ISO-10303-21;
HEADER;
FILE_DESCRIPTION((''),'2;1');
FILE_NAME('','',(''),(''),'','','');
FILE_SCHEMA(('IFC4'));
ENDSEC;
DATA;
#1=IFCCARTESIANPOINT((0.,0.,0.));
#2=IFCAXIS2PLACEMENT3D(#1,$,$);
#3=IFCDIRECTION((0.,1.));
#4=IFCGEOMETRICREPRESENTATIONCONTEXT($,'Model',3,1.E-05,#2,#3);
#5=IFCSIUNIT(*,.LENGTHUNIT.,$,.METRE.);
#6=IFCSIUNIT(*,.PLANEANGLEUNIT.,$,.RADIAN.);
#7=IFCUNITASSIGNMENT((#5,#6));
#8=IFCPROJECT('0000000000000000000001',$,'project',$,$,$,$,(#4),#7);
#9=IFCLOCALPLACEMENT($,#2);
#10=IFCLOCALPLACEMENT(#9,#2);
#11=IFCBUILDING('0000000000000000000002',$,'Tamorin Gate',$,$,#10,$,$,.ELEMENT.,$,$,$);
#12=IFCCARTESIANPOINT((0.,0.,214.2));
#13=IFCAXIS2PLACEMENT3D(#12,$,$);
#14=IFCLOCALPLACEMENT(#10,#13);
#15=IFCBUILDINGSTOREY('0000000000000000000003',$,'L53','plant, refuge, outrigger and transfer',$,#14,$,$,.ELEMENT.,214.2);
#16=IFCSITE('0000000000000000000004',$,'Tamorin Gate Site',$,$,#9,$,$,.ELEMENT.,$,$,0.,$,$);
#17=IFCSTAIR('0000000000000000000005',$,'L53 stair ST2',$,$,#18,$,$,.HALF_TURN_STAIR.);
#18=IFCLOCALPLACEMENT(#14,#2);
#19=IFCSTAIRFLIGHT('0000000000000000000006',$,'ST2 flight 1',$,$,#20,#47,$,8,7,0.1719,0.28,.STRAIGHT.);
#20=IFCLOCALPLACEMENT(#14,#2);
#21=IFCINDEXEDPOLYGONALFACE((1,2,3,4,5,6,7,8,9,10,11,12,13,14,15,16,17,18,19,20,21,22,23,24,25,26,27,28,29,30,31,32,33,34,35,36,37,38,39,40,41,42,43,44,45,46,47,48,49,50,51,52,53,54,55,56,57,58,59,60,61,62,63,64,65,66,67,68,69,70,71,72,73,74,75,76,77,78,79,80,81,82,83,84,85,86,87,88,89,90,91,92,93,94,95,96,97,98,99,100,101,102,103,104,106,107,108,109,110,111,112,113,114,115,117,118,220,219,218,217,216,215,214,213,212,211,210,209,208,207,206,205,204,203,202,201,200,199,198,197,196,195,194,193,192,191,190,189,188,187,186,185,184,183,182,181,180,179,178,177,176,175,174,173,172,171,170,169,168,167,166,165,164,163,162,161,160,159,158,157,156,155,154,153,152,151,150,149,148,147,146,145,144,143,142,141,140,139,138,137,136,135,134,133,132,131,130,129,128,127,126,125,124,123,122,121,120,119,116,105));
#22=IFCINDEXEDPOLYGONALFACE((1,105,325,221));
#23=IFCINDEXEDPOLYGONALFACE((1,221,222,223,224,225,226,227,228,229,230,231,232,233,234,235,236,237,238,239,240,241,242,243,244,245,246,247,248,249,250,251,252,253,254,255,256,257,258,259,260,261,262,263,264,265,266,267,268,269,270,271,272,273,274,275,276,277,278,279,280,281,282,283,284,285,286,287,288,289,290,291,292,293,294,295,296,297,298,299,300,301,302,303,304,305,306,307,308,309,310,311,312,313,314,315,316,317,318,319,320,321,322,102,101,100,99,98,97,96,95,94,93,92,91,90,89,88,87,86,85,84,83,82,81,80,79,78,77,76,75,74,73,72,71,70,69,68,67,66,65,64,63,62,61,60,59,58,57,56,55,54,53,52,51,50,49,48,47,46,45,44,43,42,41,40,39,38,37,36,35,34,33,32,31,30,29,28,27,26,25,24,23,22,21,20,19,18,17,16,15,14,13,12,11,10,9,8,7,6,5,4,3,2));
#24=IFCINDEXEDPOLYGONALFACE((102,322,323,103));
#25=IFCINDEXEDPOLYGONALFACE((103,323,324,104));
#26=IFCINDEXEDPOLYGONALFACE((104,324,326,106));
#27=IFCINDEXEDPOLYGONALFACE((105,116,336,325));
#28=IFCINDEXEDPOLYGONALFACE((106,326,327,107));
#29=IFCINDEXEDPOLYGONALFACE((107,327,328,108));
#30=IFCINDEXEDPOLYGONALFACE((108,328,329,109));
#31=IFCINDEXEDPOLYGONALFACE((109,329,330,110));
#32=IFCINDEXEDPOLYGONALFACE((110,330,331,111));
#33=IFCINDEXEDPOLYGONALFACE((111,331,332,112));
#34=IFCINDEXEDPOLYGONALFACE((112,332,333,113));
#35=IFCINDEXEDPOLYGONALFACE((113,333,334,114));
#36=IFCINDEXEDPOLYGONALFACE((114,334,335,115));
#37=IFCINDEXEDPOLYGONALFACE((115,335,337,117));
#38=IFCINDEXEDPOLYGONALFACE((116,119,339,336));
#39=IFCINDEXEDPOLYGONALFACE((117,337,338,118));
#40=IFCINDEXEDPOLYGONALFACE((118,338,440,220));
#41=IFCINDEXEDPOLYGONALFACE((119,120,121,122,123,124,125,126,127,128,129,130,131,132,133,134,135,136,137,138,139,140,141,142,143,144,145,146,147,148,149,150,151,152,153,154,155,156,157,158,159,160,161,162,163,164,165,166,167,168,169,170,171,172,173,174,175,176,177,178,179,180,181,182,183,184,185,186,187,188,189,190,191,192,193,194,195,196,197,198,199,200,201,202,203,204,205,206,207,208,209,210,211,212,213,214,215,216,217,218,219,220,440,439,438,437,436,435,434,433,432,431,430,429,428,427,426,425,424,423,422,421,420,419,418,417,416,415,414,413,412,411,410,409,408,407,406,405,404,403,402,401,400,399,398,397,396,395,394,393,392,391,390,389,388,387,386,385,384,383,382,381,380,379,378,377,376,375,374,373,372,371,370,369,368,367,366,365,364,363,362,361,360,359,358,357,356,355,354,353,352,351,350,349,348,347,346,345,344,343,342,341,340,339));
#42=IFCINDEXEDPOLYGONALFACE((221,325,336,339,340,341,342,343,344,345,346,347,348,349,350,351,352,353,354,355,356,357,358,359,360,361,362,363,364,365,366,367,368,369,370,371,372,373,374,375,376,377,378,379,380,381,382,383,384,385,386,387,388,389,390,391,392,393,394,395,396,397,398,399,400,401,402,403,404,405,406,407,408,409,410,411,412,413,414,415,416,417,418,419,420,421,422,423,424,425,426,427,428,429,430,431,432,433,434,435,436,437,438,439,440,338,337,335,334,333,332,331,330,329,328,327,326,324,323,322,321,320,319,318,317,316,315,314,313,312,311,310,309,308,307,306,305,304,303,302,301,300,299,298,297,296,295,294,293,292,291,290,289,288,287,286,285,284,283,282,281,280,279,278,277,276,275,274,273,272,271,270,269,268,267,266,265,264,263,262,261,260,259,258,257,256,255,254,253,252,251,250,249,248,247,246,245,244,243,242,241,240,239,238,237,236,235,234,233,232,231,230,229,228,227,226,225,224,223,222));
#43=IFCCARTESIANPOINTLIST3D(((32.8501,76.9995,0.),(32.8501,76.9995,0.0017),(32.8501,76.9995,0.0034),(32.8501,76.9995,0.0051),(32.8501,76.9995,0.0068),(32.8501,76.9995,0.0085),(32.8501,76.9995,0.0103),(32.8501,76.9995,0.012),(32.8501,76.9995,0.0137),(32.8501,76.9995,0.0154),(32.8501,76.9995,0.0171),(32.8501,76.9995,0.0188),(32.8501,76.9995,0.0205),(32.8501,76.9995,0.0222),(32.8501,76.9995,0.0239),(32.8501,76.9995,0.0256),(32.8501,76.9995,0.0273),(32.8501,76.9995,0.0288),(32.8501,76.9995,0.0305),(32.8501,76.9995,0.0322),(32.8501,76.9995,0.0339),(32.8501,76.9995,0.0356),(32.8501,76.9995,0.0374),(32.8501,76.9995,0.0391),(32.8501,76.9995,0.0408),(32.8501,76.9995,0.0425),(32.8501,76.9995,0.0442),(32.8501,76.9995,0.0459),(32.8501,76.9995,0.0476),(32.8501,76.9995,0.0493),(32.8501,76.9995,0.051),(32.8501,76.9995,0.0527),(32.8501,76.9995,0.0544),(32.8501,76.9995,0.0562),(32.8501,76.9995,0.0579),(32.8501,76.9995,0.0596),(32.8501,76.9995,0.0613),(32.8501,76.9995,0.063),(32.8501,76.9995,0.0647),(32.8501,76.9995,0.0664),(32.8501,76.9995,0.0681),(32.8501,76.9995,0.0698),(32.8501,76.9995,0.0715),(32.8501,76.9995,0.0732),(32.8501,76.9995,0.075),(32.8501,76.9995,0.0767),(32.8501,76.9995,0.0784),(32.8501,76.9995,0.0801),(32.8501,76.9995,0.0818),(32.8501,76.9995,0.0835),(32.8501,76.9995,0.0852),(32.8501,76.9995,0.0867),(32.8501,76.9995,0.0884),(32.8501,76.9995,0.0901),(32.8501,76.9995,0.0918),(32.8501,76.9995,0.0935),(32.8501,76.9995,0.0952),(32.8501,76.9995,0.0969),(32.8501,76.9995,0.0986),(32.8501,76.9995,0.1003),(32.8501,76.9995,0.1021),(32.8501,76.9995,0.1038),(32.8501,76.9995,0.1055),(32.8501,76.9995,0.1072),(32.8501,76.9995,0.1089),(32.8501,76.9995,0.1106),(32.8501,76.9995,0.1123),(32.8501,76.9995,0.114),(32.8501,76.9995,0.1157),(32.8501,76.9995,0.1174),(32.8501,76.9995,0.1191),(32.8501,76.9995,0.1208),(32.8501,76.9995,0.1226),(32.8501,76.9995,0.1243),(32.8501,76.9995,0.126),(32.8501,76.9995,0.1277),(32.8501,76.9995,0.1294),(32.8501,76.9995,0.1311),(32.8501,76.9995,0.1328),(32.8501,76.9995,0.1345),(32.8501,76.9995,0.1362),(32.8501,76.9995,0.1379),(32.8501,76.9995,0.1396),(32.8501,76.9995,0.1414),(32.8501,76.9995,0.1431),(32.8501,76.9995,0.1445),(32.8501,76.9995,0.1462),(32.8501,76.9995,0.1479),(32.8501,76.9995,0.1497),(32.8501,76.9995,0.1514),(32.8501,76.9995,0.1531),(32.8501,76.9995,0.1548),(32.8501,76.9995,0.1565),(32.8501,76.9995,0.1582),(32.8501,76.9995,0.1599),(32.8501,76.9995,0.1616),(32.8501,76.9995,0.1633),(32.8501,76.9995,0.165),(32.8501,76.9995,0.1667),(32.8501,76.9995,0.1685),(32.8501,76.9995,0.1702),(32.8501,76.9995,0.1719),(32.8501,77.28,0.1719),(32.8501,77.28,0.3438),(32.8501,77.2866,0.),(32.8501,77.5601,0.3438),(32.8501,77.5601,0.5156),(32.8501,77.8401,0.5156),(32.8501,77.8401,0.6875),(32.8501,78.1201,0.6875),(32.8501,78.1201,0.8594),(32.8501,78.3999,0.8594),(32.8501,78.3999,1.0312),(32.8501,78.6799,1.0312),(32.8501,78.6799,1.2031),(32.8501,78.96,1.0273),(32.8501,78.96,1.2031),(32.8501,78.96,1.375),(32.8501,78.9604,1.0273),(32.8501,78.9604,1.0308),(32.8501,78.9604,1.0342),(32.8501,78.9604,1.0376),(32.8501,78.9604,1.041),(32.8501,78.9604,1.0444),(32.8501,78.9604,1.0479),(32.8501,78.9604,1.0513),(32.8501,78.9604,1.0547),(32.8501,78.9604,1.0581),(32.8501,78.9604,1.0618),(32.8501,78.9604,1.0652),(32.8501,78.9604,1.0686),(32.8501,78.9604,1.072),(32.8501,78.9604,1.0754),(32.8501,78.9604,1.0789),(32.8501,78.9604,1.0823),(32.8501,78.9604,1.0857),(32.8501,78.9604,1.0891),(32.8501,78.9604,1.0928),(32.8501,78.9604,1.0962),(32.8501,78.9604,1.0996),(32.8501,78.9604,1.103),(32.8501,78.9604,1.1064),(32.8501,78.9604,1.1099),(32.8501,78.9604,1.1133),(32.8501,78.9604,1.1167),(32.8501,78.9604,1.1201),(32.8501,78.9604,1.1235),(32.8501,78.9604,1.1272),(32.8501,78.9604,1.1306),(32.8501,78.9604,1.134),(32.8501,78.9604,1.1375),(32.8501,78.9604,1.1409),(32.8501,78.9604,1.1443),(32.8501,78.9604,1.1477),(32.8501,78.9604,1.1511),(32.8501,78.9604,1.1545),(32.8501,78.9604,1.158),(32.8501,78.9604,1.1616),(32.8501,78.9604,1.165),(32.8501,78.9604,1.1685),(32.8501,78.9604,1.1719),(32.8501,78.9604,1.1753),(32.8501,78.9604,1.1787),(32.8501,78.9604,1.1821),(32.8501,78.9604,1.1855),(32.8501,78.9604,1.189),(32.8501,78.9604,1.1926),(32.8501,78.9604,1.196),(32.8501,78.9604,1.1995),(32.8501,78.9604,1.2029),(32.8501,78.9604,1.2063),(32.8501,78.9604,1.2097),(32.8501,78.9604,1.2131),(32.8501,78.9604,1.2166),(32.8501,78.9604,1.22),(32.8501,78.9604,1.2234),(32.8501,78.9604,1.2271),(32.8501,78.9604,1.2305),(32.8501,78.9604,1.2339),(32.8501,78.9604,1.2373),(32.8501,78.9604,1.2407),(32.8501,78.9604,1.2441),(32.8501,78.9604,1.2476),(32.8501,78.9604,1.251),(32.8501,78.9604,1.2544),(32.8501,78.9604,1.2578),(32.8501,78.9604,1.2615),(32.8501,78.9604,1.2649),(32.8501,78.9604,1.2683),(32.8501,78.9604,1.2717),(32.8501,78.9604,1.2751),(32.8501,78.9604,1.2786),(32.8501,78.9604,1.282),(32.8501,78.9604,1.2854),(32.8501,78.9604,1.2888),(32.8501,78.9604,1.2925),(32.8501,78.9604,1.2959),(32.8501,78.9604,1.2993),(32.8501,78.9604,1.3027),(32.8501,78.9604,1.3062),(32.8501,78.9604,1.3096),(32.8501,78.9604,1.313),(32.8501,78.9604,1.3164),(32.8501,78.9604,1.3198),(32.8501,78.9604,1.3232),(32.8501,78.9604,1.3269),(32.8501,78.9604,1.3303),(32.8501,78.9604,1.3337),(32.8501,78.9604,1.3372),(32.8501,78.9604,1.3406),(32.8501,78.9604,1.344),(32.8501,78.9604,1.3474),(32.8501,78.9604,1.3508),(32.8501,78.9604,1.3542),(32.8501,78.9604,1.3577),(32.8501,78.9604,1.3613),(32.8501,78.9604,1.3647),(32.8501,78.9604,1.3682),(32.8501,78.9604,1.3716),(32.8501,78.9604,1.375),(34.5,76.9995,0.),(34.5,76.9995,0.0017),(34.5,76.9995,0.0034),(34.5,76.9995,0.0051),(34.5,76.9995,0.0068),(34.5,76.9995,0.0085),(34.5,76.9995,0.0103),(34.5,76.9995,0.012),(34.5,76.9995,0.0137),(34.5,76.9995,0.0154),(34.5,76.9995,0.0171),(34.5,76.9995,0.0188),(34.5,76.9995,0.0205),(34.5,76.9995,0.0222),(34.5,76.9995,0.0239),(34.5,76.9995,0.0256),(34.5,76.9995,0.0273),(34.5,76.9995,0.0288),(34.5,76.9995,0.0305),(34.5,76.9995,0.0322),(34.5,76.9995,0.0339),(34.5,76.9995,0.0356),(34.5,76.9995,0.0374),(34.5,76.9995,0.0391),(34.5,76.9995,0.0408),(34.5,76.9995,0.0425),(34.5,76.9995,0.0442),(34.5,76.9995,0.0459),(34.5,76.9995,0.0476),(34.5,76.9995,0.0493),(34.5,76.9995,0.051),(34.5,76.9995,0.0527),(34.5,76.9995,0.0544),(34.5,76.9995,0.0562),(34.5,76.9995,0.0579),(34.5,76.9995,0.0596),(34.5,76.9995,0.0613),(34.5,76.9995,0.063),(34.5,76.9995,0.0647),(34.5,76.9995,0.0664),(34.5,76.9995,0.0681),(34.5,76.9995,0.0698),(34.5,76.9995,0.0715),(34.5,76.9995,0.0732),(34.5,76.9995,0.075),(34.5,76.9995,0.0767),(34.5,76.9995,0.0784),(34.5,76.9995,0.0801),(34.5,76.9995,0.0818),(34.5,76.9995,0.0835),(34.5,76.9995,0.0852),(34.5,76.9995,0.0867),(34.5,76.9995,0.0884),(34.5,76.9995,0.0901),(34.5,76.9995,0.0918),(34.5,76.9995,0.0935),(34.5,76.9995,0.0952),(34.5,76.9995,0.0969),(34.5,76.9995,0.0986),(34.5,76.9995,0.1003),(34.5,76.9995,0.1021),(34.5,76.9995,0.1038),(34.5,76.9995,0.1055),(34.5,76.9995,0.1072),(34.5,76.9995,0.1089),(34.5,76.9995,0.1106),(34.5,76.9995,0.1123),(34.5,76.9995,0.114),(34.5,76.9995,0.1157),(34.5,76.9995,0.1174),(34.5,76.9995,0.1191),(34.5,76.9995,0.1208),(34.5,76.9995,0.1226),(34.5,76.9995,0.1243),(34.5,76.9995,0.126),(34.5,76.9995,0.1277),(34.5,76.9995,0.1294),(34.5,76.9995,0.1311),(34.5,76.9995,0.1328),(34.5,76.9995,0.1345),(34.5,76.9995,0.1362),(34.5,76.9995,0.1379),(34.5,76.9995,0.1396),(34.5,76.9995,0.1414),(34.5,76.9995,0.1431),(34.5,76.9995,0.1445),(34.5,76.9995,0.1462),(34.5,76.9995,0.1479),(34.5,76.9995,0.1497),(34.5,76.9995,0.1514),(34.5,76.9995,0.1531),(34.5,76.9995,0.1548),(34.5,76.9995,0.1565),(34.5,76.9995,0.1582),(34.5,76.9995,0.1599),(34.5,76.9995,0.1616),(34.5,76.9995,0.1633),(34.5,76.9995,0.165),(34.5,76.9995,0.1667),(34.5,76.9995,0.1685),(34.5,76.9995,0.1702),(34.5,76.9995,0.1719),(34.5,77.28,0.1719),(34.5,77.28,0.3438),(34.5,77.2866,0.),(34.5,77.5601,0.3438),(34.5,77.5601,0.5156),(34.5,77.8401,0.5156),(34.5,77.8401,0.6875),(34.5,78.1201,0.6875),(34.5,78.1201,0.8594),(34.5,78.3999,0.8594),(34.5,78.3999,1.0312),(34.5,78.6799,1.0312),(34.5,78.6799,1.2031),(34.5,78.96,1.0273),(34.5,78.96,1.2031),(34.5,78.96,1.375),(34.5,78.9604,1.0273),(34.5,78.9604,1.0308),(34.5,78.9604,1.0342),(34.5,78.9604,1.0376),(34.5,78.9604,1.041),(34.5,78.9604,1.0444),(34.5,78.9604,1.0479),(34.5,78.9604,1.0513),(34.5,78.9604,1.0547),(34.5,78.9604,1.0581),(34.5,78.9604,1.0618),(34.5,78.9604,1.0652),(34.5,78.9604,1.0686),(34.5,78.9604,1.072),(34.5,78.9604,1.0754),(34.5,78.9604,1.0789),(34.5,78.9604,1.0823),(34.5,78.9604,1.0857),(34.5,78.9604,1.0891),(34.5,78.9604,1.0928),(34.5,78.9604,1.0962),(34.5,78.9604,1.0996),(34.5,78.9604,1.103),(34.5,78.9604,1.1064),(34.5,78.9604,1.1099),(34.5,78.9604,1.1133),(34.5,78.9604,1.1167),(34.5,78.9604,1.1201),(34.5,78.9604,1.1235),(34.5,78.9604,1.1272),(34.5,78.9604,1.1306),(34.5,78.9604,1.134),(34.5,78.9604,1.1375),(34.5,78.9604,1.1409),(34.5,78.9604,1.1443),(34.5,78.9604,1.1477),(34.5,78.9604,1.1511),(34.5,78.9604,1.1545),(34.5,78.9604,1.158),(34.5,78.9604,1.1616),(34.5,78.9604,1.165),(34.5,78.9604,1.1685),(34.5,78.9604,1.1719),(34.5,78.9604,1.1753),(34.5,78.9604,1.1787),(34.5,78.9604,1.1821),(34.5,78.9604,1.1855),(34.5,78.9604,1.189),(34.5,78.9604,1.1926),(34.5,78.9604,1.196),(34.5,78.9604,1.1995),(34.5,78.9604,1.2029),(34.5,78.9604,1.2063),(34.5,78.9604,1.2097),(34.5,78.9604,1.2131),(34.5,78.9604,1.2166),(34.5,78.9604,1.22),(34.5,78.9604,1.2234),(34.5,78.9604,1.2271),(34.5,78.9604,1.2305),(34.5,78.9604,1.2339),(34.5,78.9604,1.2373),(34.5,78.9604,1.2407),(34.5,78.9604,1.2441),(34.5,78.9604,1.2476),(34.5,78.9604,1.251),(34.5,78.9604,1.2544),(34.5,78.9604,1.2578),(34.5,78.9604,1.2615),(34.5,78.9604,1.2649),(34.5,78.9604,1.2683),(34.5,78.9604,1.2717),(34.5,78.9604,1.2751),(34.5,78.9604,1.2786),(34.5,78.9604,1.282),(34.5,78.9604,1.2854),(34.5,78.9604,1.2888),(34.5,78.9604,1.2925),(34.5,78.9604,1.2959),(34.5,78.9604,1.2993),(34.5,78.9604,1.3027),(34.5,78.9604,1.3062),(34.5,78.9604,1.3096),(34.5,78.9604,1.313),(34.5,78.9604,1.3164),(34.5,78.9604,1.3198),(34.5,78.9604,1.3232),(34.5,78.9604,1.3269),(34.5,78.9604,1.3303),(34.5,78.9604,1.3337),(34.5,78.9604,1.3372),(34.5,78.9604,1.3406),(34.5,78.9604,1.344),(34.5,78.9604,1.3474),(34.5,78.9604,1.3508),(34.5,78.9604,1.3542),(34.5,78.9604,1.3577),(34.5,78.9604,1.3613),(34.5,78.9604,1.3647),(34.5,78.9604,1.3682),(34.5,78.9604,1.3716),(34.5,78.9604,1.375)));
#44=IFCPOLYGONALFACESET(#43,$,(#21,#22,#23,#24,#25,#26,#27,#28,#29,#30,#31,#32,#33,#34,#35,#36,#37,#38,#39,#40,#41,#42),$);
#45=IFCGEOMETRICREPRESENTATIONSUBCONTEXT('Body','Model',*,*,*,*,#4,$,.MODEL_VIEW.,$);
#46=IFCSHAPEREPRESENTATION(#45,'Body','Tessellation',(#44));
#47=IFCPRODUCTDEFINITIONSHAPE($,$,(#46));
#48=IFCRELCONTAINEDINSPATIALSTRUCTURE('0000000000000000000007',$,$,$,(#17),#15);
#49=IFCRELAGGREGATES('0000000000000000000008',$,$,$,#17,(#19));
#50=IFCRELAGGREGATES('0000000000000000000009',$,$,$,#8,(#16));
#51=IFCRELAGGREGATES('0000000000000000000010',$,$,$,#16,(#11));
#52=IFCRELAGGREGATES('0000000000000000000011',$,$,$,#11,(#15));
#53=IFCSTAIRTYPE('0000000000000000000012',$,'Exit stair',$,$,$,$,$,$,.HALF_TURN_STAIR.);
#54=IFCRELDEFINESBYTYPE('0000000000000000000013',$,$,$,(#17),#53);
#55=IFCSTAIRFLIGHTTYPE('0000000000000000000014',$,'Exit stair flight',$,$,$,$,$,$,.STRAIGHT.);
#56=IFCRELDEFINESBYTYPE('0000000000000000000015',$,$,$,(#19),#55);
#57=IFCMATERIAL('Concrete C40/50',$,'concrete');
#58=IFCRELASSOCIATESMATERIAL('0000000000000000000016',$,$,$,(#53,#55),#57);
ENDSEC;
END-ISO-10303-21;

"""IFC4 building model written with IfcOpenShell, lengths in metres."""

from ifc_helpers import new_model, si_unit, direction, frame, origin, place, context, subcontext, project, spatial, polyline, outline, extrude, material, type_object, element, aggregate, save


model = new_model("IFC4")

# Units and contexts
model_context = context("Model", 3, precision=1e-05, world=origin(), true_north=direction((0.0, 1.0)))
body_context = subcontext(model_context, "Body", "Model", "MODEL_VIEW")
ifc_project = project(units=[si_unit("LENGTHUNIT", "METRE"), si_unit("PLANEANGLEUNIT", "RADIAN")], contexts=[model_context])

# Site, building, storey
site_placement = place(None, origin())
site = spatial("IfcSite", under=ifc_project, at=site_placement, Name="Tamorin Gate Site", CompositionType="ELEMENT", RefElevation=0.0)
building_placement = place(site_placement, origin())
building = spatial("IfcBuilding", under=site, at=building_placement, Name="Tamorin Gate", CompositionType="ELEMENT")
storey_placement = place(building_placement, frame((0.0, 0.0, 214.2)))
storey = spatial("IfcBuildingStorey", under=building, at=storey_placement, Name="L53", Description="plant, refuge, outrigger and transfer", CompositionType="ELEMENT", Elevation=214.2)

# Shared definitions
ifc_material_1 = material(Name="Concrete C40/50", Category="concrete")

# Stair, stair flight
stair_type = type_object("IfcStairType", Name="Exit stair", PredefinedType="HALF_TURN_STAIR", material=ifc_material_1)
stair_placement = place(storey_placement, origin())
stair = element("IfcStair", 1, at=stair_placement, inside=storey, type_object=stair_type, Name="L53 stair ST2", PredefinedType="HALF_TURN_STAIR")
stair_flight_type = type_object("IfcStairFlightType", Name="Exit stair flight", PredefinedType="STRAIGHT", material=ifc_material_1)
stair_flight_1_placement = place(storey_placement, frame((33.675, 77.0, 0.0), z_axis=(0.0, 0.0, 1.0), x_axis=(0.0, 1.0, 0.0)))
stair_flight_1 = element("IfcStairFlight", 2, at=stair_flight_1_placement, type_object=stair_flight_type, Name="ST2 flight 1", NumberOfRisers=8, NumberOfTreads=7, PredefinedType="STRAIGHT", RiserHeight=0.1719, TreadLength=0.28, context=body_context, shape_type="SweptSolid", body=[
    extrude(outline(polyline([(-0.0005, 0.0), (-0.0005, 0.0017), (-0.0005, 0.0034), (-0.0005, 0.0051), (-0.0005, 0.0068), (-0.0005, 0.0085), (-0.0005, 0.0103), (-0.0005, 0.012), (-0.0005, 0.0137), (-0.0005, 0.0154), (-0.0005, 0.0171), (-0.0005, 0.0188), (-0.0005, 0.0205), (-0.0005, 0.0222), (-0.0005, 0.0239), (-0.0005, 0.0256), (-0.0005, 0.0273), (-0.0005, 0.0288), (-0.0005, 0.0305), (-0.0005, 0.0322), (-0.0005, 0.0339), (-0.0005, 0.0356), (-0.0005, 0.0374), (-0.0005, 0.0391), (-0.0005, 0.0408), (-0.0005, 0.0425), (-0.0005, 0.0442), (-0.0005, 0.0459), (-0.0005, 0.0476), (-0.0005, 0.0493), (-0.0005, 0.051), (-0.0005, 0.0527), (-0.0005, 0.0544), (-0.0005, 0.0562), (-0.0005, 0.0579), (-0.0005, 0.0596), (-0.0005, 0.0613), (-0.0005, 0.063), (-0.0005, 0.0647), (-0.0005, 0.0664), (-0.0005, 0.0681), (-0.0005, 0.0698), (-0.0005, 0.0715), (-0.0005, 0.0732), (-0.0005, 0.075), (-0.0005, 0.0767), (-0.0005, 0.0784), (-0.0005, 0.0801), (-0.0005, 0.0818), (-0.0005, 0.0835), (-0.0005, 0.0852), (-0.0005, 0.0867), (-0.0005, 0.0884), (-0.0005, 0.0901), (-0.0005, 0.0918), (-0.0005, 0.0935), (-0.0005, 0.0952), (-0.0005, 0.0969), (-0.0005, 0.0986), (-0.0005, 0.1003), (-0.0005, 0.1021), (-0.0005, 0.1038), (-0.0005, 0.1055), (-0.0005, 0.1072), (-0.0005, 0.1089), (-0.0005, 0.1106), (-0.0005, 0.1123), (-0.0005, 0.114), (-0.0005, 0.1157), (-0.0005, 0.1174), (-0.0005, 0.1191), (-0.0005, 0.1208), (-0.0005, 0.1226), (-0.0005, 0.1243), (-0.0005, 0.126), (-0.0005, 0.1277), (-0.0005, 0.1294), (-0.0005, 0.1311), (-0.0005, 0.1328), (-0.0005, 0.1345), (-0.0005, 0.1362), (-0.0005, 0.1379), (-0.0005, 0.1396), (-0.0005, 0.1414), (-0.0005, 0.1431), (-0.0005, 0.1445), (-0.0005, 0.1462), (-0.0005, 0.1479), (-0.0005, 0.1497), (-0.0005, 0.1514), (-0.0005, 0.1531), (-0.0005, 0.1548), (-0.0005, 0.1565), (-0.0005, 0.1582), (-0.0005, 0.1599), (-0.0005, 0.1616), (-0.0005, 0.1633), (-0.0005, 0.165), (-0.0005, 0.1667), (-0.0005, 0.1685), (-0.0005, 0.1702), (-0.0005, 0.1719), (0.28, 0.1719), (0.28, 0.3438), (0.5601, 0.3438), (0.5601, 0.5156), (0.8401, 0.5156), (0.8401, 0.6875), (1.1201, 0.6875), (1.1201, 0.8594), (1.3999, 0.8594), (1.3999, 1.0312), (1.6799, 1.0312), (1.6799, 1.2031), (1.96, 1.2031), (1.96, 1.375), (1.9604, 1.375), (1.9604, 1.3716), (1.9604, 1.3682), (1.9604, 1.3647), (1.9604, 1.3613), (1.9604, 1.3577), (1.9604, 1.3542), (1.9604, 1.3508), (1.9604, 1.3474), (1.9604, 1.344), (1.9604, 1.3406), (1.9604, 1.3372), (1.9604, 1.3337), (1.9604, 1.3303), (1.9604, 1.3269), (1.9604, 1.3232), (1.9604, 1.3198), (1.9604, 1.3164), (1.9604, 1.313), (1.9604, 1.3096), (1.9604, 1.3062), (1.9604, 1.3027), (1.9604, 1.2993), (1.9604, 1.2959), (1.9604, 1.2925), (1.9604, 1.2888), (1.9604, 1.2854), (1.9604, 1.282), (1.9604, 1.2786), (1.9604, 1.2751), (1.9604, 1.2717), (1.9604, 1.2683), (1.9604, 1.2649), (1.9604, 1.2615), (1.9604, 1.2578), (1.9604, 1.2544), (1.9604, 1.251), (1.9604, 1.2476), (1.9604, 1.2441), (1.9604, 1.2407), (1.9604, 1.2373), (1.9604, 1.2339), (1.9604, 1.2305), (1.9604, 1.2271), (1.9604, 1.2234), (1.9604, 1.22), (1.9604, 1.2166), (1.9604, 1.2131), (1.9604, 1.2097), (1.9604, 1.2063), (1.9604, 1.2029), (1.9604, 1.1995), (1.9604, 1.196), (1.9604, 1.1926), (1.9604, 1.189), (1.9604, 1.1855), (1.9604, 1.1821), (1.9604, 1.1787), (1.9604, 1.1753), (1.9604, 1.1719), (1.9604, 1.1685), (1.9604, 1.165), (1.9604, 1.1616), (1.9604, 1.158), (1.9604, 1.1545), (1.9604, 1.1511), (1.9604, 1.1477), (1.9604, 1.1443), (1.9604, 1.1409), (1.9604, 1.1375), (1.9604, 1.134), (1.9604, 1.1306), (1.9604, 1.1272), (1.9604, 1.1235), (1.9604, 1.1201), (1.9604, 1.1167), (1.9604, 1.1133), (1.9604, 1.1099), (1.9604, 1.1064), (1.9604, 1.103), (1.9604, 1.0996), (1.9604, 1.0962), (1.9604, 1.0928), (1.9604, 1.0891), (1.9604, 1.0857), (1.9604, 1.0823), (1.9604, 1.0789), (1.9604, 1.0754), (1.9604, 1.072), (1.9604, 1.0686), (1.9604, 1.0652), (1.9604, 1.0618), (1.9604, 1.0581), (1.9604, 1.0547), (1.9604, 1.0513), (1.9604, 1.0479), (1.9604, 1.0444), (1.9604, 1.041), (1.9604, 1.0376), (1.9604, 1.0342), (1.9604, 1.0308), (1.9604, 1.0273), (1.96, 1.0273), (0.2866, 0.0), (-0.0005, 0.0)])), frame((0.0, 0.825, 0.0), z_axis=(0.0, -1.0, 0.0), x_axis=(1.0, 0.0, 0.0)), (0.0, 0.0, 1.0), 1.6499),
])
aggregate(stair, [stair_flight_1])

save(model, "model.ifc")
